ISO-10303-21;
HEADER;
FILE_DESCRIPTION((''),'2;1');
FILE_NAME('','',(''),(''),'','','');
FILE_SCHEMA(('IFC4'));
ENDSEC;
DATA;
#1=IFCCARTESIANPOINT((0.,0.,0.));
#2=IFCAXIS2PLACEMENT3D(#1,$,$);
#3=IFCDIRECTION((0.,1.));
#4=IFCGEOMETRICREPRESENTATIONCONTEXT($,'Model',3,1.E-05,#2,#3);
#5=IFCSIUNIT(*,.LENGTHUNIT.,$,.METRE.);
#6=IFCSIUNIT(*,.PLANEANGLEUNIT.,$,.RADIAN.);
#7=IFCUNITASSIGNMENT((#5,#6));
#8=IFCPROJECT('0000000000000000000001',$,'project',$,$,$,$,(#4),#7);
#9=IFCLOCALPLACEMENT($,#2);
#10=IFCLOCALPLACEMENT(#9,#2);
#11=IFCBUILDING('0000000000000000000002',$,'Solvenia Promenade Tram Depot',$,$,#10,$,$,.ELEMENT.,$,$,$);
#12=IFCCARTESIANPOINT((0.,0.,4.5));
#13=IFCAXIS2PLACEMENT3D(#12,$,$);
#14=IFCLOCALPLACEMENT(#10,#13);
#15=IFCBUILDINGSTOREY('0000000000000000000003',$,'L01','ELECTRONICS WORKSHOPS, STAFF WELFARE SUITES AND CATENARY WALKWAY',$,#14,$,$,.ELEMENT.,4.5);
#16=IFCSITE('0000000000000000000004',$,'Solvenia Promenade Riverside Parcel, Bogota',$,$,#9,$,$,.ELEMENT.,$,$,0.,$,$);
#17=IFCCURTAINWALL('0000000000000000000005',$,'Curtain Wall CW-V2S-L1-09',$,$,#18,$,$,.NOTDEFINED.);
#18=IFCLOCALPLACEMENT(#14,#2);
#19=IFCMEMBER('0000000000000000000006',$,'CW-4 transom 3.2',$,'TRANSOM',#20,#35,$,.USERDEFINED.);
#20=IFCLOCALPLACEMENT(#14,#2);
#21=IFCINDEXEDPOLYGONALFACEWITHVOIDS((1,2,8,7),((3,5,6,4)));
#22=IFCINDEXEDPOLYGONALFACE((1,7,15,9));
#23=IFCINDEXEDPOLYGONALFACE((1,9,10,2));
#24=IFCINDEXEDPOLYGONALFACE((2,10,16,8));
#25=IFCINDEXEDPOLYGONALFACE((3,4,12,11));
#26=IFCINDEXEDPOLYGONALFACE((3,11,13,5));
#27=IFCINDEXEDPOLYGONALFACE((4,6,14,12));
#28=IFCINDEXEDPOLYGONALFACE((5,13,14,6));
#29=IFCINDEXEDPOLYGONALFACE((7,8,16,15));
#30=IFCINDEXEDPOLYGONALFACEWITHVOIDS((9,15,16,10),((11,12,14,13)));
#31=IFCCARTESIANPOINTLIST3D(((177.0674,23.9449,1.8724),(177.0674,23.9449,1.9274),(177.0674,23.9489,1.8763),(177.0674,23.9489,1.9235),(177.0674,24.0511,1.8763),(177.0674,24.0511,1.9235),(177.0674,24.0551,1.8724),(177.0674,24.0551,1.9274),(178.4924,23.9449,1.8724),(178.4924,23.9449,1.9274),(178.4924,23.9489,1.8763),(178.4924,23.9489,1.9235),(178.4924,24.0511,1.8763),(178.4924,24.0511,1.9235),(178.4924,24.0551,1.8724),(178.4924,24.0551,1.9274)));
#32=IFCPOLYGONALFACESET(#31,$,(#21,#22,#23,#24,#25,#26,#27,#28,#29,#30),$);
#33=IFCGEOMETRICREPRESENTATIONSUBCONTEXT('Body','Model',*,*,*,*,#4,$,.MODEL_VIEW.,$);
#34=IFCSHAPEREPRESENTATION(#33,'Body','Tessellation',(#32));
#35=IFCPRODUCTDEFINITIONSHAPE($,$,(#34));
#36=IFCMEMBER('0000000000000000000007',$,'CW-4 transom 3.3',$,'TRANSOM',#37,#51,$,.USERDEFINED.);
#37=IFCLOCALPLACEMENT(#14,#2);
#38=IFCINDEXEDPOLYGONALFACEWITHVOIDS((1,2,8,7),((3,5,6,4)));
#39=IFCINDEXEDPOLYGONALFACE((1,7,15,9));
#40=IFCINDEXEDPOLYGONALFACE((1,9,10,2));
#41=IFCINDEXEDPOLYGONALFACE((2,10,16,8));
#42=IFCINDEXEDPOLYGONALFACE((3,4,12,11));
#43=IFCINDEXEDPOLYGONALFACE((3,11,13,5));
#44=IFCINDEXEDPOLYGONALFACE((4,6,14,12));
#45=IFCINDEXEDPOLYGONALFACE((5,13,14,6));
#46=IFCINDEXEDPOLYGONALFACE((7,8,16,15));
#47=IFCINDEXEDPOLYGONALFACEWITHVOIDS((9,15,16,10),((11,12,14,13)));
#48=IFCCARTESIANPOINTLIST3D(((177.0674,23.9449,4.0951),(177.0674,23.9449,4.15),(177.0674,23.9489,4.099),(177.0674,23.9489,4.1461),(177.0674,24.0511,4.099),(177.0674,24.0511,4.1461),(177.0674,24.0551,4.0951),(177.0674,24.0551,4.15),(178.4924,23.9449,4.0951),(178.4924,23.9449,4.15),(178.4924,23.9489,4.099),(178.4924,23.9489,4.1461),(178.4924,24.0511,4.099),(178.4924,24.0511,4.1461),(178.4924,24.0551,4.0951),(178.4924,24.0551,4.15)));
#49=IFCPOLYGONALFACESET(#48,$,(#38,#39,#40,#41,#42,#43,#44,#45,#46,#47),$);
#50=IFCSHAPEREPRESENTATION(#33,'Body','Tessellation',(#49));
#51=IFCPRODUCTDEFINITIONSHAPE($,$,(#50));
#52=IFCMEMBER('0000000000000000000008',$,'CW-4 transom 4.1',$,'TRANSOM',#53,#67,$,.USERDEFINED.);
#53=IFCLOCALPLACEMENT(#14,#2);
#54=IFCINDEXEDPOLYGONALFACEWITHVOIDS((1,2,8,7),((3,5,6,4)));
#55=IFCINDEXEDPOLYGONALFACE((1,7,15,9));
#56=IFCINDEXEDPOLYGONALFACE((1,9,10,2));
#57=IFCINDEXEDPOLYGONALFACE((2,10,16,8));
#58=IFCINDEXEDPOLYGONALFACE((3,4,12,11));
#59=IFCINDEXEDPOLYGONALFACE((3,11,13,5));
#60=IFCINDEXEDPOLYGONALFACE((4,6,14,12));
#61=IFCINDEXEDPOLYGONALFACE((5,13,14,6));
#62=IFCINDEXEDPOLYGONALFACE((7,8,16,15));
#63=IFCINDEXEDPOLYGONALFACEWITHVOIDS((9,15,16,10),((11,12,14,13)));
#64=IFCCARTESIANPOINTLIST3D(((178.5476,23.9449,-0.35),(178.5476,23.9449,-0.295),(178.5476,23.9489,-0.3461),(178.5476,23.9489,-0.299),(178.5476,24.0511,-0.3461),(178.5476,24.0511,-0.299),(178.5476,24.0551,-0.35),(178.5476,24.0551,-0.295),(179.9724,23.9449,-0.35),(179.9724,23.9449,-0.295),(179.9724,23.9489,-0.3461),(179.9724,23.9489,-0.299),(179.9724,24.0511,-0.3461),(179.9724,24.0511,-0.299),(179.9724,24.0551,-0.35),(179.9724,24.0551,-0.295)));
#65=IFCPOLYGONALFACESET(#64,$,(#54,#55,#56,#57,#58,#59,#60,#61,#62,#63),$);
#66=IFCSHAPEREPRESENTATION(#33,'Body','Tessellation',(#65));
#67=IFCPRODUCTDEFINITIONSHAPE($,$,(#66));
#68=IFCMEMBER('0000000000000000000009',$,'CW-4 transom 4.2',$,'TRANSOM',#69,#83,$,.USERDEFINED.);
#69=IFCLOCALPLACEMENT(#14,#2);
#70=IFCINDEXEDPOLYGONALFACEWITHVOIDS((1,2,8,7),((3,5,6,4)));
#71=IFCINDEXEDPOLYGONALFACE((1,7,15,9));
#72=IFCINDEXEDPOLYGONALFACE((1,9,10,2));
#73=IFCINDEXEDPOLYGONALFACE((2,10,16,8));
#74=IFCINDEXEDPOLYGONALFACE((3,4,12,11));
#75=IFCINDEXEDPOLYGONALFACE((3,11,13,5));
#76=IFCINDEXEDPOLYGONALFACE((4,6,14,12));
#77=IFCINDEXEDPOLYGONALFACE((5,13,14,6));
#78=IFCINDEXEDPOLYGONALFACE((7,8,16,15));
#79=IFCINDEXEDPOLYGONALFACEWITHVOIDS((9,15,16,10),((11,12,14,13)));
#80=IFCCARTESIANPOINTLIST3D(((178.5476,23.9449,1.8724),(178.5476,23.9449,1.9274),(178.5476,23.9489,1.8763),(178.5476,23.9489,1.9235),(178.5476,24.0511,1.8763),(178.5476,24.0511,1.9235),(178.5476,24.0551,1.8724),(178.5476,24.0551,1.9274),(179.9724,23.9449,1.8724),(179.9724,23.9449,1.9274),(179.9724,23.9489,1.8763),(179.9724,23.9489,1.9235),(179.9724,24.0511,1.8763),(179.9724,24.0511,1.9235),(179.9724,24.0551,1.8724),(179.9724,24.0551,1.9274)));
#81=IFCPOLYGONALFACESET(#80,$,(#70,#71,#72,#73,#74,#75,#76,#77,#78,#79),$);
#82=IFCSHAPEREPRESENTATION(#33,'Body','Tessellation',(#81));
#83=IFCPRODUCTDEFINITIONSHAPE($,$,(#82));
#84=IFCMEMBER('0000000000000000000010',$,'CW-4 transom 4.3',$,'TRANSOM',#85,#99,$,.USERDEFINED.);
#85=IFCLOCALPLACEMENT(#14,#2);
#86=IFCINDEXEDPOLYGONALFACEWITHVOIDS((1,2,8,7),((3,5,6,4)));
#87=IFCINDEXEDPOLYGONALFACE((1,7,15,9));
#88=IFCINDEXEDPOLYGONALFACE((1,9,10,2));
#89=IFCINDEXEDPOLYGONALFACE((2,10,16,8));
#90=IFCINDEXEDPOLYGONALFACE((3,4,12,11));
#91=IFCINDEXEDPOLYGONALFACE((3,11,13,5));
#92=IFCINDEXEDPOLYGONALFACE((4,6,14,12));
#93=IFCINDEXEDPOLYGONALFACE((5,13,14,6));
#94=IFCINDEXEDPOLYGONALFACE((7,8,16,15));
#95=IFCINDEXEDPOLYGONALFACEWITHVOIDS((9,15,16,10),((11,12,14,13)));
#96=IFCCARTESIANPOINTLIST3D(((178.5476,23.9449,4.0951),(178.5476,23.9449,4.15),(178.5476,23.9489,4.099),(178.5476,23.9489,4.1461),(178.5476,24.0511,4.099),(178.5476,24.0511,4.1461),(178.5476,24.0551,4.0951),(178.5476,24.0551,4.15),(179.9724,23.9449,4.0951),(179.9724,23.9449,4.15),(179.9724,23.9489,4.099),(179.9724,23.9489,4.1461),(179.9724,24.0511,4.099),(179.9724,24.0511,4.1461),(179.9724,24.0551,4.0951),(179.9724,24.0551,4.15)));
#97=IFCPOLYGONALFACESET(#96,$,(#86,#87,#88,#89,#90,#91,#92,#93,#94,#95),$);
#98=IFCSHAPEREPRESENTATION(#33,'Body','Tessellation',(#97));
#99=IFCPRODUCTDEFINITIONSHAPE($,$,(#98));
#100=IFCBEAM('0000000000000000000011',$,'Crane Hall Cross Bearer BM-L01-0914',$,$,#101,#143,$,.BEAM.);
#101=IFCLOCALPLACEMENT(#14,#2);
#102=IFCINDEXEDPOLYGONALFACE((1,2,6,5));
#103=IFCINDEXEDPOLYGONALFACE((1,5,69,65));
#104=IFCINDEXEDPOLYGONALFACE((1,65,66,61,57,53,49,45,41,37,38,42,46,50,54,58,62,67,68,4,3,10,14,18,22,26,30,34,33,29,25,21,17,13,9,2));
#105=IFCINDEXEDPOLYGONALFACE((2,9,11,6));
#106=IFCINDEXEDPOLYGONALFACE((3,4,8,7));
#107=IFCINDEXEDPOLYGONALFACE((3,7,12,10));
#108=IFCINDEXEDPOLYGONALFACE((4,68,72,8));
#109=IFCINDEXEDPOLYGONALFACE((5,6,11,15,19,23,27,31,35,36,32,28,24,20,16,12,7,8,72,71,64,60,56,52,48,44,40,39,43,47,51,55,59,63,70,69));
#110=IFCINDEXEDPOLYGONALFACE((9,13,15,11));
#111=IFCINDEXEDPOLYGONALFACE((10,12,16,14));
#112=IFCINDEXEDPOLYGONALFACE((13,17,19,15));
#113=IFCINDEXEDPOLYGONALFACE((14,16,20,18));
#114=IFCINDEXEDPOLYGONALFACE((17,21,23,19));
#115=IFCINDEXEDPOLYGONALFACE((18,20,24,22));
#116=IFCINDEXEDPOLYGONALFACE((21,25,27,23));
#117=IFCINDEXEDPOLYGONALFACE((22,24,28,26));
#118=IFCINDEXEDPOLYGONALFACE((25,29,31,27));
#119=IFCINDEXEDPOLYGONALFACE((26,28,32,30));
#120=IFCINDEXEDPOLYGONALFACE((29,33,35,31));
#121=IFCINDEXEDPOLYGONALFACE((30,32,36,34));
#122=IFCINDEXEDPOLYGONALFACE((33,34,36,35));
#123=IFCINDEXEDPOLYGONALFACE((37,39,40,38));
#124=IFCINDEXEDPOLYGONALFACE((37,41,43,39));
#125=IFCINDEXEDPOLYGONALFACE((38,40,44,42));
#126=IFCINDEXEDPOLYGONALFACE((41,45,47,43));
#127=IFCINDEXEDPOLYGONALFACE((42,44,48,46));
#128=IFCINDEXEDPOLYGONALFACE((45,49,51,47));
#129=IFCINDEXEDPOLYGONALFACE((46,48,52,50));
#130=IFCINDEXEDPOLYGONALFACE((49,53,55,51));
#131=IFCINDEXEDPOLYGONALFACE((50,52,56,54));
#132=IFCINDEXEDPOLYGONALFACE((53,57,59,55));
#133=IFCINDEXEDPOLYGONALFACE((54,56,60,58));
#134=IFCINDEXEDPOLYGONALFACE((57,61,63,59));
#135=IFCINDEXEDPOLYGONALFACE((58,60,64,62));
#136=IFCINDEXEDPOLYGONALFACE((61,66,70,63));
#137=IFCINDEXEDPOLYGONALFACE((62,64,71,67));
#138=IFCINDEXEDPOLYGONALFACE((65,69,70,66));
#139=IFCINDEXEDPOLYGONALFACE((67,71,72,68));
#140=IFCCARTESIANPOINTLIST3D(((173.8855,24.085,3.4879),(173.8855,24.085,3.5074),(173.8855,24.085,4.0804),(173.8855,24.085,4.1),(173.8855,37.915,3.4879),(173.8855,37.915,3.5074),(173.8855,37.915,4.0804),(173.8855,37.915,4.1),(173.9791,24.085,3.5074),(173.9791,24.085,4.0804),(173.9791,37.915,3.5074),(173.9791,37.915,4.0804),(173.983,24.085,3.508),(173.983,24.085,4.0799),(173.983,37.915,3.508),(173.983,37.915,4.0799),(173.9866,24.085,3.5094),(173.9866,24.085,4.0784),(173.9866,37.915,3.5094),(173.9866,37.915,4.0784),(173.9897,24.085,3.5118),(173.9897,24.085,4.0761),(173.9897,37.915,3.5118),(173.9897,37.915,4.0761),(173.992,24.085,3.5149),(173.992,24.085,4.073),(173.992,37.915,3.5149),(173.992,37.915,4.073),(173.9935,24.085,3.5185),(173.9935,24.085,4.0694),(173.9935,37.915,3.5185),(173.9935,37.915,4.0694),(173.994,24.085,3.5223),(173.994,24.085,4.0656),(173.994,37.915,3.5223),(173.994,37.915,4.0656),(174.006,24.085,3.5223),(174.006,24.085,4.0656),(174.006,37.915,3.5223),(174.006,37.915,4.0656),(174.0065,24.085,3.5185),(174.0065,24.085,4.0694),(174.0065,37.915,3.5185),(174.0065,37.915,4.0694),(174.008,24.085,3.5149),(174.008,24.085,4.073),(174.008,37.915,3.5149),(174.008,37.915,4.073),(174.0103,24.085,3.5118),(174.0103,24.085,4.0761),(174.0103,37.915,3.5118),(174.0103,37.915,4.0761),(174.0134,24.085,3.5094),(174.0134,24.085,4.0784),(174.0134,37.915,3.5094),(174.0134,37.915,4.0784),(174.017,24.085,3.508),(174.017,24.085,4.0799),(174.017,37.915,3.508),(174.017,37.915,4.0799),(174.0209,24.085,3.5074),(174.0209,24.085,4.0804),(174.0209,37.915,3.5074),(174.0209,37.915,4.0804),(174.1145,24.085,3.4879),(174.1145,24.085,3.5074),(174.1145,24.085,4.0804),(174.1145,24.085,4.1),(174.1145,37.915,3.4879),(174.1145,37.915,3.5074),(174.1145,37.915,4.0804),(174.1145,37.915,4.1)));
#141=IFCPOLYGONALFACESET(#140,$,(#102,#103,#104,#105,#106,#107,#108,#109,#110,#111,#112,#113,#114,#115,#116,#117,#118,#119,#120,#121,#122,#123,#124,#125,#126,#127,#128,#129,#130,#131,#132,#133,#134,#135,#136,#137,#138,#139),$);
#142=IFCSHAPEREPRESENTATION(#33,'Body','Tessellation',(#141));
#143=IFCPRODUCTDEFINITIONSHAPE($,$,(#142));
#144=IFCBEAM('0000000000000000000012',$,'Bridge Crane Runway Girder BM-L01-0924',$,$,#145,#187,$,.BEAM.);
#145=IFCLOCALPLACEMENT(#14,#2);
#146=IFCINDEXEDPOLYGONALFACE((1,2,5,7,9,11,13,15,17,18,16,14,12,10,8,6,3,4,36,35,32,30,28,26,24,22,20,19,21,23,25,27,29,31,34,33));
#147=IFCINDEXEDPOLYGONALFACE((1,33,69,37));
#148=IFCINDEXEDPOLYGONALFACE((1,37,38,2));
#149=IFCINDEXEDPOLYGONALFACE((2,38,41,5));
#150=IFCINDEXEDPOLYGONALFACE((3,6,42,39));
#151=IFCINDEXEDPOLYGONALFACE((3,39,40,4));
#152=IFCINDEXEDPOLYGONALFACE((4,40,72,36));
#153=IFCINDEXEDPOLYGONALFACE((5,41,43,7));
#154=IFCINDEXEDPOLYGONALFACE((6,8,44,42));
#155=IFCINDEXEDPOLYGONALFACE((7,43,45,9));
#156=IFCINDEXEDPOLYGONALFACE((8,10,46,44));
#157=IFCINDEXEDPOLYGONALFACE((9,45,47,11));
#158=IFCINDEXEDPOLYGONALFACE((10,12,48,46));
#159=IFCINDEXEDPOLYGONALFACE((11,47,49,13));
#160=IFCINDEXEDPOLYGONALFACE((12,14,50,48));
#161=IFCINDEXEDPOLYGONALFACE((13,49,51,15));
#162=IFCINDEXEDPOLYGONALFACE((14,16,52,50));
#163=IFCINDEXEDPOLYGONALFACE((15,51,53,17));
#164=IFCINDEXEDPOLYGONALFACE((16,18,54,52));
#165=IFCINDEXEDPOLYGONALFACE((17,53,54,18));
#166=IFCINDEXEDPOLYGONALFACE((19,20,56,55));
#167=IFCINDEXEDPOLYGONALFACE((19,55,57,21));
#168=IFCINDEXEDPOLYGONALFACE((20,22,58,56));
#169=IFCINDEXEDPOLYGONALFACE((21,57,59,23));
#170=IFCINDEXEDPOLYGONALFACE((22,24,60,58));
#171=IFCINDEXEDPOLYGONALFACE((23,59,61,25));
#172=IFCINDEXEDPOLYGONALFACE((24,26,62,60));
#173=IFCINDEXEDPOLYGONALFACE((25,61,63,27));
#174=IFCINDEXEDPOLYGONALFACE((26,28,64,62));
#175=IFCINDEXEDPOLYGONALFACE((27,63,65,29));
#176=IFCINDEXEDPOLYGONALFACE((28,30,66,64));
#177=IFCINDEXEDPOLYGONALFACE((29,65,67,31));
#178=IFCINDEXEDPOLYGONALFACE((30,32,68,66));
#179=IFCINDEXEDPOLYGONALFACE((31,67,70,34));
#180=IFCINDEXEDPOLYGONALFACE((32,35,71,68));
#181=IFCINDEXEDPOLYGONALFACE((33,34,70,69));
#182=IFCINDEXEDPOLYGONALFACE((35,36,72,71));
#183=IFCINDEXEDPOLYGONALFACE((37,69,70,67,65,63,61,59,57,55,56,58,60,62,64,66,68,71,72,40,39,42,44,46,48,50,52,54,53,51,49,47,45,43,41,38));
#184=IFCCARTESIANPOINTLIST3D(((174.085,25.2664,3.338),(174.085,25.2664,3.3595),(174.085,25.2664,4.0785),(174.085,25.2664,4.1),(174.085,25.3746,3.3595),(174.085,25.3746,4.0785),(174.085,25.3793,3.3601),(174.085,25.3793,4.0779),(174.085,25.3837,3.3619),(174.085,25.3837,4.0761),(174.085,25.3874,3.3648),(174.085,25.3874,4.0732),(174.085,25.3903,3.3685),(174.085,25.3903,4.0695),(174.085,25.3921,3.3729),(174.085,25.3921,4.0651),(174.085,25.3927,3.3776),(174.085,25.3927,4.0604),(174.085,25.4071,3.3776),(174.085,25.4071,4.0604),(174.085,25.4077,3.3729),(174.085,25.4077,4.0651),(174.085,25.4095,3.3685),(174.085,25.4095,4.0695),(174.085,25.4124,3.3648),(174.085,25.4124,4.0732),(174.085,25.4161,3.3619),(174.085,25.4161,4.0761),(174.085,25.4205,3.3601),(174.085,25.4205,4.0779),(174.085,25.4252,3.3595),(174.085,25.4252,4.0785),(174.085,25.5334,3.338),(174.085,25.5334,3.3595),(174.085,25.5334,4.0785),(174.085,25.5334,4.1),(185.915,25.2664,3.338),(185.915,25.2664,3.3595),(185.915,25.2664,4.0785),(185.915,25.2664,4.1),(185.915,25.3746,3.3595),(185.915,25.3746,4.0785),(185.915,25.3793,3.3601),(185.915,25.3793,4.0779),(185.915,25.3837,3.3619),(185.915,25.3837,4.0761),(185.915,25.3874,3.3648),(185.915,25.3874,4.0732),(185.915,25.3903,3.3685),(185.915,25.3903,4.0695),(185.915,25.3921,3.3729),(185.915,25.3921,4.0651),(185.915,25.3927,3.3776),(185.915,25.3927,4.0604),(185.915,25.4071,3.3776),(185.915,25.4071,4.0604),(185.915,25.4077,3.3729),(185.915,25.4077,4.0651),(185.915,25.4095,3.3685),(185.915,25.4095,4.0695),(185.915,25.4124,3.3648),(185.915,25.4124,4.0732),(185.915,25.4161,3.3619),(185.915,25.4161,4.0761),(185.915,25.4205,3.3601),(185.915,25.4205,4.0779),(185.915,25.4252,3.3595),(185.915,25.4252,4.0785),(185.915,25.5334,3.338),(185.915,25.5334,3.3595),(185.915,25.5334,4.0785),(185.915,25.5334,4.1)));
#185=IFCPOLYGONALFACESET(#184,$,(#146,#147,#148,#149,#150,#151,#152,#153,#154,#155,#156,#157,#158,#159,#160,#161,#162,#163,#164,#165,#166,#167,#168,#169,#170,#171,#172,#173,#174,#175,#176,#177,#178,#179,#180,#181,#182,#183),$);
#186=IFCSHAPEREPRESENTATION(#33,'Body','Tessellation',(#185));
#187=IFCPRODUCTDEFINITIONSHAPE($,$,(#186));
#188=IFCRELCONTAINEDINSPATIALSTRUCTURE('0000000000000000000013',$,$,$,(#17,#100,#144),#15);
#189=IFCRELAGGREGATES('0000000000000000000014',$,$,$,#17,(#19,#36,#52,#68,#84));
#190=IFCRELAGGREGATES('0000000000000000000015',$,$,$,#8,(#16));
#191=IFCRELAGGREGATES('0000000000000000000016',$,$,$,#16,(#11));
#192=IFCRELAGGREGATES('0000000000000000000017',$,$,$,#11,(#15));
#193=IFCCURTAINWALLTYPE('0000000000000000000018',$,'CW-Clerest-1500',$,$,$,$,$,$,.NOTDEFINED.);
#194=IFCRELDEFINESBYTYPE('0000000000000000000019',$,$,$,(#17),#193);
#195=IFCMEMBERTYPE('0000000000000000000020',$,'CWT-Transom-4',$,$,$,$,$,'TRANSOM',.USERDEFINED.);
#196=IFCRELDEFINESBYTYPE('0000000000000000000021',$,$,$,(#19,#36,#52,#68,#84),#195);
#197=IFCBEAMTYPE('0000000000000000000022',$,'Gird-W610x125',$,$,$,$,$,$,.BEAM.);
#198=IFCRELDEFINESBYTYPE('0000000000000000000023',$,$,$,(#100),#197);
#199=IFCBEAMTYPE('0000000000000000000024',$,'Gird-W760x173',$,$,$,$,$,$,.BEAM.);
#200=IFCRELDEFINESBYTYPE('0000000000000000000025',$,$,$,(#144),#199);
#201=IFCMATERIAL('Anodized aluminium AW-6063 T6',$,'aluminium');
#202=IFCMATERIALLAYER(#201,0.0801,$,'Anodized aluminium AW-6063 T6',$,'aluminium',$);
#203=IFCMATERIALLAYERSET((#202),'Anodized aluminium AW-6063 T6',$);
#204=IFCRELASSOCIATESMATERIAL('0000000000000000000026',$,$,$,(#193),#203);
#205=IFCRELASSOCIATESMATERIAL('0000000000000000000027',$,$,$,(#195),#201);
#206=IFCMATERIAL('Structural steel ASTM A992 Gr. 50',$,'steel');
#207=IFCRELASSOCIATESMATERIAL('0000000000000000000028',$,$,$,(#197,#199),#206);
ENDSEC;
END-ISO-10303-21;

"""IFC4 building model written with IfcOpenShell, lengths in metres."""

from ifc_helpers import new_model, si_unit, direction, frame, origin, origin_2d, place, context, subcontext, project, spatial, hollow_rectangle, i_section, extrude, material, layer, layer_set, material_profile, profile_set, type_object, element, aggregate, save


model = new_model("IFC4")

# Units and contexts
model_context = context("Model", 3, precision=1e-05, world=origin(), true_north=direction((0.0, 1.0)))
body_context = subcontext(model_context, "Body", "Model", "MODEL_VIEW")
ifc_project = project(units=[si_unit("LENGTHUNIT", "METRE"), si_unit("PLANEANGLEUNIT", "RADIAN")], contexts=[model_context])

# Site, building, storey
site_placement = place(None, origin())
site = spatial("IfcSite", under=ifc_project, at=site_placement, Name="Solvenia Promenade Riverside Parcel, Bogota", CompositionType="ELEMENT", RefElevation=0.0)
building_placement = place(site_placement, origin())
building = spatial("IfcBuilding", under=site, at=building_placement, Name="Solvenia Promenade Tram Depot", CompositionType="ELEMENT")
storey_placement = place(building_placement, frame((0.0, 0.0, 4.5)))
storey = spatial("IfcBuildingStorey", under=building, at=storey_placement, Name="L01", Description="ELECTRONICS WORKSHOPS, STAFF WELFARE SUITES AND CATENARY WALKWAY", CompositionType="ELEMENT", Elevation=4.5)

# Curtain wall, members
ifc_material_1 = material(Name="Anodized aluminium AW-6063 T6", Category="aluminium")
ifc_layer_1 = layer(ifc_material_1, 0.0801, Name="Anodized aluminium AW-6063 T6", Category="aluminium")
ifc_layer_set_1 = layer_set([ifc_layer_1], Name="Anodized aluminium AW-6063 T6")
curtain_wall_type = type_object("IfcCurtainWallType", Name="CW-Clerest-1500", PredefinedType="NOTDEFINED", material=ifc_layer_set_1)
curtain_wall_placement = place(storey_placement, origin())
curtain_wall = element("IfcCurtainWall", 1, at=curtain_wall_placement, inside=storey, type_object=curtain_wall_type, Name="Curtain Wall CW-V2S-L1-09", PredefinedType="NOTDEFINED")
ifc_material_profile_1 = material_profile(ifc_material_1, hollow_rectangle(XDim=0.1101, YDim=0.0549, WallThickness=0.0039, at=origin_2d()), Name="ALU-T4", Category="aluminium")
ifc_profile_set_1 = profile_set([ifc_material_profile_1], Name="Anodized aluminium AW-6063 T6")
member_type_1 = type_object("IfcMemberType", Name="CWT-Transom-4", ElementType="TRANSOM", PredefinedType="USERDEFINED", material=ifc_profile_set_1)
member_1_placement = place(storey_placement, frame((177.0674, 24.0, 1.8999), z_axis=(1.0, 0.0, 0.0), x_axis=(0.0, 1.0, 0.0)))
member_1 = element("IfcMember", 2, at=member_1_placement, type_object=member_type_1, Name="CW-4 transom 3.2", ObjectType="TRANSOM", PredefinedType="USERDEFINED", context=body_context, shape_type="SweptSolid", body=[
    extrude(hollow_rectangle(XDim=0.1101, YDim=0.0549, WallThickness=0.0039, at=origin_2d()), origin(), (0.0, 0.0, 1.0), 1.425),
])
member_2_placement = place(storey_placement, frame((177.0674, 24.0, 4.1226), z_axis=(1.0, 0.0, 0.0), x_axis=(0.0, 1.0, 0.0)))
member_2 = element("IfcMember", 3, at=member_2_placement, type_object=member_type_1, Name="CW-4 transom 3.3", ObjectType="TRANSOM", PredefinedType="USERDEFINED", context=body_context, shape_type="SweptSolid", body=[
    extrude(hollow_rectangle(XDim=0.1101, YDim=0.0549, WallThickness=0.0039, at=origin_2d()), origin(), (0.0, 0.0, 1.0), 1.425),
])
member_3_placement = place(storey_placement, frame((178.5476, 24.0, -0.3225), z_axis=(1.0, 0.0, 0.0), x_axis=(0.0, 1.0, 0.0)))
member_3 = element("IfcMember", 4, at=member_3_placement, type_object=member_type_1, Name="CW-4 transom 4.1", ObjectType="TRANSOM", PredefinedType="USERDEFINED", context=body_context, shape_type="SweptSolid", body=[
    extrude(hollow_rectangle(XDim=0.1101, YDim=0.0549, WallThickness=0.0039, at=origin_2d()), origin(), (0.0, 0.0, 1.0), 1.4248),
])
member_4_placement = place(storey_placement, frame((178.5476, 24.0, 1.8999), z_axis=(1.0, 0.0, 0.0), x_axis=(0.0, 1.0, 0.0)))
member_4 = element("IfcMember", 5, at=member_4_placement, type_object=member_type_1, Name="CW-4 transom 4.2", ObjectType="TRANSOM", PredefinedType="USERDEFINED", context=body_context, shape_type="SweptSolid", body=[
    extrude(hollow_rectangle(XDim=0.1101, YDim=0.0549, WallThickness=0.0039, at=origin_2d()), origin(), (0.0, 0.0, 1.0), 1.4248),
])
member_5_placement = place(storey_placement, frame((178.5476, 24.0, 4.1226), z_axis=(1.0, 0.0, 0.0), x_axis=(0.0, 1.0, 0.0)))
member_5 = element("IfcMember", 6, at=member_5_placement, type_object=member_type_1, Name="CW-4 transom 4.3", ObjectType="TRANSOM", PredefinedType="USERDEFINED", context=body_context, shape_type="SweptSolid", body=[
    extrude(hollow_rectangle(XDim=0.1101, YDim=0.0549, WallThickness=0.0039, at=origin_2d()), origin(), (0.0, 0.0, 1.0), 1.4248),
])

# Beams
ifc_material_2 = material(Name="Structural steel ASTM A992 Gr. 50", Category="steel")
ifc_material_profile_2 = material_profile(ifc_material_2, i_section(OverallWidth=0.229, OverallDepth=0.6121, WebThickness=0.012, FlangeThickness=0.0195, FilletRadius=0.0149, at=origin_2d()), Name="W610x125", Category="steel")
ifc_profile_set_2 = profile_set([ifc_material_profile_2], Name="Structural steel ASTM A992 Gr. 50")
beam_type_1 = type_object("IfcBeamType", Name="Gird-W610x125", PredefinedType="BEAM", material=ifc_profile_set_2)
beam_1_placement = place(storey_placement, frame((174.0, 24.085, 3.7939), z_axis=(0.0, 1.0, 0.0), x_axis=(-1.0, 0.0, 0.0)))
element("IfcBeam", 7, at=beam_1_placement, inside=storey, type_object=beam_type_1, Name="Crane Hall Cross Bearer BM-L01-0914", PredefinedType="BEAM", context=body_context, shape_type="SweptSolid", body=[
    extrude(i_section(OverallWidth=0.229, OverallDepth=0.6121, WebThickness=0.012, FlangeThickness=0.0195, FilletRadius=0.0149, at=origin_2d()), origin(), (0.0, 0.0, 1.0), 13.8301),
])
ifc_material_profile_3 = material_profile(ifc_material_2, i_section(OverallWidth=0.2671, OverallDepth=0.762, WebThickness=0.0144, FlangeThickness=0.0215, FilletRadius=0.0181, at=origin_2d()), Name="W760x173", Category="steel")
ifc_profile_set_3 = profile_set([ifc_material_profile_3], Name="Structural steel ASTM A992 Gr. 50")
beam_type_2 = type_object("IfcBeamType", Name="Gird-W760x173", PredefinedType="BEAM", material=ifc_profile_set_3)
beam_2_placement = place(storey_placement, frame((174.085, 25.3999, 3.719), z_axis=(1.0, 0.0, 0.0), x_axis=(0.0, 1.0, 0.0)))
element("IfcBeam", 8, at=beam_2_placement, inside=storey, type_object=beam_type_2, Name="Bridge Crane Runway Girder BM-L01-0924", PredefinedType="BEAM", context=body_context, shape_type="SweptSolid", body=[
    extrude(i_section(OverallWidth=0.2671, OverallDepth=0.762, WebThickness=0.0144, FlangeThickness=0.0215, FilletRadius=0.0181, at=origin_2d()), origin(), (0.0, 0.0, 1.0), 11.8301),
])

aggregate(curtain_wall, [member_1, member_2, member_3, member_4, member_5])

save(model, "model.ifc")
